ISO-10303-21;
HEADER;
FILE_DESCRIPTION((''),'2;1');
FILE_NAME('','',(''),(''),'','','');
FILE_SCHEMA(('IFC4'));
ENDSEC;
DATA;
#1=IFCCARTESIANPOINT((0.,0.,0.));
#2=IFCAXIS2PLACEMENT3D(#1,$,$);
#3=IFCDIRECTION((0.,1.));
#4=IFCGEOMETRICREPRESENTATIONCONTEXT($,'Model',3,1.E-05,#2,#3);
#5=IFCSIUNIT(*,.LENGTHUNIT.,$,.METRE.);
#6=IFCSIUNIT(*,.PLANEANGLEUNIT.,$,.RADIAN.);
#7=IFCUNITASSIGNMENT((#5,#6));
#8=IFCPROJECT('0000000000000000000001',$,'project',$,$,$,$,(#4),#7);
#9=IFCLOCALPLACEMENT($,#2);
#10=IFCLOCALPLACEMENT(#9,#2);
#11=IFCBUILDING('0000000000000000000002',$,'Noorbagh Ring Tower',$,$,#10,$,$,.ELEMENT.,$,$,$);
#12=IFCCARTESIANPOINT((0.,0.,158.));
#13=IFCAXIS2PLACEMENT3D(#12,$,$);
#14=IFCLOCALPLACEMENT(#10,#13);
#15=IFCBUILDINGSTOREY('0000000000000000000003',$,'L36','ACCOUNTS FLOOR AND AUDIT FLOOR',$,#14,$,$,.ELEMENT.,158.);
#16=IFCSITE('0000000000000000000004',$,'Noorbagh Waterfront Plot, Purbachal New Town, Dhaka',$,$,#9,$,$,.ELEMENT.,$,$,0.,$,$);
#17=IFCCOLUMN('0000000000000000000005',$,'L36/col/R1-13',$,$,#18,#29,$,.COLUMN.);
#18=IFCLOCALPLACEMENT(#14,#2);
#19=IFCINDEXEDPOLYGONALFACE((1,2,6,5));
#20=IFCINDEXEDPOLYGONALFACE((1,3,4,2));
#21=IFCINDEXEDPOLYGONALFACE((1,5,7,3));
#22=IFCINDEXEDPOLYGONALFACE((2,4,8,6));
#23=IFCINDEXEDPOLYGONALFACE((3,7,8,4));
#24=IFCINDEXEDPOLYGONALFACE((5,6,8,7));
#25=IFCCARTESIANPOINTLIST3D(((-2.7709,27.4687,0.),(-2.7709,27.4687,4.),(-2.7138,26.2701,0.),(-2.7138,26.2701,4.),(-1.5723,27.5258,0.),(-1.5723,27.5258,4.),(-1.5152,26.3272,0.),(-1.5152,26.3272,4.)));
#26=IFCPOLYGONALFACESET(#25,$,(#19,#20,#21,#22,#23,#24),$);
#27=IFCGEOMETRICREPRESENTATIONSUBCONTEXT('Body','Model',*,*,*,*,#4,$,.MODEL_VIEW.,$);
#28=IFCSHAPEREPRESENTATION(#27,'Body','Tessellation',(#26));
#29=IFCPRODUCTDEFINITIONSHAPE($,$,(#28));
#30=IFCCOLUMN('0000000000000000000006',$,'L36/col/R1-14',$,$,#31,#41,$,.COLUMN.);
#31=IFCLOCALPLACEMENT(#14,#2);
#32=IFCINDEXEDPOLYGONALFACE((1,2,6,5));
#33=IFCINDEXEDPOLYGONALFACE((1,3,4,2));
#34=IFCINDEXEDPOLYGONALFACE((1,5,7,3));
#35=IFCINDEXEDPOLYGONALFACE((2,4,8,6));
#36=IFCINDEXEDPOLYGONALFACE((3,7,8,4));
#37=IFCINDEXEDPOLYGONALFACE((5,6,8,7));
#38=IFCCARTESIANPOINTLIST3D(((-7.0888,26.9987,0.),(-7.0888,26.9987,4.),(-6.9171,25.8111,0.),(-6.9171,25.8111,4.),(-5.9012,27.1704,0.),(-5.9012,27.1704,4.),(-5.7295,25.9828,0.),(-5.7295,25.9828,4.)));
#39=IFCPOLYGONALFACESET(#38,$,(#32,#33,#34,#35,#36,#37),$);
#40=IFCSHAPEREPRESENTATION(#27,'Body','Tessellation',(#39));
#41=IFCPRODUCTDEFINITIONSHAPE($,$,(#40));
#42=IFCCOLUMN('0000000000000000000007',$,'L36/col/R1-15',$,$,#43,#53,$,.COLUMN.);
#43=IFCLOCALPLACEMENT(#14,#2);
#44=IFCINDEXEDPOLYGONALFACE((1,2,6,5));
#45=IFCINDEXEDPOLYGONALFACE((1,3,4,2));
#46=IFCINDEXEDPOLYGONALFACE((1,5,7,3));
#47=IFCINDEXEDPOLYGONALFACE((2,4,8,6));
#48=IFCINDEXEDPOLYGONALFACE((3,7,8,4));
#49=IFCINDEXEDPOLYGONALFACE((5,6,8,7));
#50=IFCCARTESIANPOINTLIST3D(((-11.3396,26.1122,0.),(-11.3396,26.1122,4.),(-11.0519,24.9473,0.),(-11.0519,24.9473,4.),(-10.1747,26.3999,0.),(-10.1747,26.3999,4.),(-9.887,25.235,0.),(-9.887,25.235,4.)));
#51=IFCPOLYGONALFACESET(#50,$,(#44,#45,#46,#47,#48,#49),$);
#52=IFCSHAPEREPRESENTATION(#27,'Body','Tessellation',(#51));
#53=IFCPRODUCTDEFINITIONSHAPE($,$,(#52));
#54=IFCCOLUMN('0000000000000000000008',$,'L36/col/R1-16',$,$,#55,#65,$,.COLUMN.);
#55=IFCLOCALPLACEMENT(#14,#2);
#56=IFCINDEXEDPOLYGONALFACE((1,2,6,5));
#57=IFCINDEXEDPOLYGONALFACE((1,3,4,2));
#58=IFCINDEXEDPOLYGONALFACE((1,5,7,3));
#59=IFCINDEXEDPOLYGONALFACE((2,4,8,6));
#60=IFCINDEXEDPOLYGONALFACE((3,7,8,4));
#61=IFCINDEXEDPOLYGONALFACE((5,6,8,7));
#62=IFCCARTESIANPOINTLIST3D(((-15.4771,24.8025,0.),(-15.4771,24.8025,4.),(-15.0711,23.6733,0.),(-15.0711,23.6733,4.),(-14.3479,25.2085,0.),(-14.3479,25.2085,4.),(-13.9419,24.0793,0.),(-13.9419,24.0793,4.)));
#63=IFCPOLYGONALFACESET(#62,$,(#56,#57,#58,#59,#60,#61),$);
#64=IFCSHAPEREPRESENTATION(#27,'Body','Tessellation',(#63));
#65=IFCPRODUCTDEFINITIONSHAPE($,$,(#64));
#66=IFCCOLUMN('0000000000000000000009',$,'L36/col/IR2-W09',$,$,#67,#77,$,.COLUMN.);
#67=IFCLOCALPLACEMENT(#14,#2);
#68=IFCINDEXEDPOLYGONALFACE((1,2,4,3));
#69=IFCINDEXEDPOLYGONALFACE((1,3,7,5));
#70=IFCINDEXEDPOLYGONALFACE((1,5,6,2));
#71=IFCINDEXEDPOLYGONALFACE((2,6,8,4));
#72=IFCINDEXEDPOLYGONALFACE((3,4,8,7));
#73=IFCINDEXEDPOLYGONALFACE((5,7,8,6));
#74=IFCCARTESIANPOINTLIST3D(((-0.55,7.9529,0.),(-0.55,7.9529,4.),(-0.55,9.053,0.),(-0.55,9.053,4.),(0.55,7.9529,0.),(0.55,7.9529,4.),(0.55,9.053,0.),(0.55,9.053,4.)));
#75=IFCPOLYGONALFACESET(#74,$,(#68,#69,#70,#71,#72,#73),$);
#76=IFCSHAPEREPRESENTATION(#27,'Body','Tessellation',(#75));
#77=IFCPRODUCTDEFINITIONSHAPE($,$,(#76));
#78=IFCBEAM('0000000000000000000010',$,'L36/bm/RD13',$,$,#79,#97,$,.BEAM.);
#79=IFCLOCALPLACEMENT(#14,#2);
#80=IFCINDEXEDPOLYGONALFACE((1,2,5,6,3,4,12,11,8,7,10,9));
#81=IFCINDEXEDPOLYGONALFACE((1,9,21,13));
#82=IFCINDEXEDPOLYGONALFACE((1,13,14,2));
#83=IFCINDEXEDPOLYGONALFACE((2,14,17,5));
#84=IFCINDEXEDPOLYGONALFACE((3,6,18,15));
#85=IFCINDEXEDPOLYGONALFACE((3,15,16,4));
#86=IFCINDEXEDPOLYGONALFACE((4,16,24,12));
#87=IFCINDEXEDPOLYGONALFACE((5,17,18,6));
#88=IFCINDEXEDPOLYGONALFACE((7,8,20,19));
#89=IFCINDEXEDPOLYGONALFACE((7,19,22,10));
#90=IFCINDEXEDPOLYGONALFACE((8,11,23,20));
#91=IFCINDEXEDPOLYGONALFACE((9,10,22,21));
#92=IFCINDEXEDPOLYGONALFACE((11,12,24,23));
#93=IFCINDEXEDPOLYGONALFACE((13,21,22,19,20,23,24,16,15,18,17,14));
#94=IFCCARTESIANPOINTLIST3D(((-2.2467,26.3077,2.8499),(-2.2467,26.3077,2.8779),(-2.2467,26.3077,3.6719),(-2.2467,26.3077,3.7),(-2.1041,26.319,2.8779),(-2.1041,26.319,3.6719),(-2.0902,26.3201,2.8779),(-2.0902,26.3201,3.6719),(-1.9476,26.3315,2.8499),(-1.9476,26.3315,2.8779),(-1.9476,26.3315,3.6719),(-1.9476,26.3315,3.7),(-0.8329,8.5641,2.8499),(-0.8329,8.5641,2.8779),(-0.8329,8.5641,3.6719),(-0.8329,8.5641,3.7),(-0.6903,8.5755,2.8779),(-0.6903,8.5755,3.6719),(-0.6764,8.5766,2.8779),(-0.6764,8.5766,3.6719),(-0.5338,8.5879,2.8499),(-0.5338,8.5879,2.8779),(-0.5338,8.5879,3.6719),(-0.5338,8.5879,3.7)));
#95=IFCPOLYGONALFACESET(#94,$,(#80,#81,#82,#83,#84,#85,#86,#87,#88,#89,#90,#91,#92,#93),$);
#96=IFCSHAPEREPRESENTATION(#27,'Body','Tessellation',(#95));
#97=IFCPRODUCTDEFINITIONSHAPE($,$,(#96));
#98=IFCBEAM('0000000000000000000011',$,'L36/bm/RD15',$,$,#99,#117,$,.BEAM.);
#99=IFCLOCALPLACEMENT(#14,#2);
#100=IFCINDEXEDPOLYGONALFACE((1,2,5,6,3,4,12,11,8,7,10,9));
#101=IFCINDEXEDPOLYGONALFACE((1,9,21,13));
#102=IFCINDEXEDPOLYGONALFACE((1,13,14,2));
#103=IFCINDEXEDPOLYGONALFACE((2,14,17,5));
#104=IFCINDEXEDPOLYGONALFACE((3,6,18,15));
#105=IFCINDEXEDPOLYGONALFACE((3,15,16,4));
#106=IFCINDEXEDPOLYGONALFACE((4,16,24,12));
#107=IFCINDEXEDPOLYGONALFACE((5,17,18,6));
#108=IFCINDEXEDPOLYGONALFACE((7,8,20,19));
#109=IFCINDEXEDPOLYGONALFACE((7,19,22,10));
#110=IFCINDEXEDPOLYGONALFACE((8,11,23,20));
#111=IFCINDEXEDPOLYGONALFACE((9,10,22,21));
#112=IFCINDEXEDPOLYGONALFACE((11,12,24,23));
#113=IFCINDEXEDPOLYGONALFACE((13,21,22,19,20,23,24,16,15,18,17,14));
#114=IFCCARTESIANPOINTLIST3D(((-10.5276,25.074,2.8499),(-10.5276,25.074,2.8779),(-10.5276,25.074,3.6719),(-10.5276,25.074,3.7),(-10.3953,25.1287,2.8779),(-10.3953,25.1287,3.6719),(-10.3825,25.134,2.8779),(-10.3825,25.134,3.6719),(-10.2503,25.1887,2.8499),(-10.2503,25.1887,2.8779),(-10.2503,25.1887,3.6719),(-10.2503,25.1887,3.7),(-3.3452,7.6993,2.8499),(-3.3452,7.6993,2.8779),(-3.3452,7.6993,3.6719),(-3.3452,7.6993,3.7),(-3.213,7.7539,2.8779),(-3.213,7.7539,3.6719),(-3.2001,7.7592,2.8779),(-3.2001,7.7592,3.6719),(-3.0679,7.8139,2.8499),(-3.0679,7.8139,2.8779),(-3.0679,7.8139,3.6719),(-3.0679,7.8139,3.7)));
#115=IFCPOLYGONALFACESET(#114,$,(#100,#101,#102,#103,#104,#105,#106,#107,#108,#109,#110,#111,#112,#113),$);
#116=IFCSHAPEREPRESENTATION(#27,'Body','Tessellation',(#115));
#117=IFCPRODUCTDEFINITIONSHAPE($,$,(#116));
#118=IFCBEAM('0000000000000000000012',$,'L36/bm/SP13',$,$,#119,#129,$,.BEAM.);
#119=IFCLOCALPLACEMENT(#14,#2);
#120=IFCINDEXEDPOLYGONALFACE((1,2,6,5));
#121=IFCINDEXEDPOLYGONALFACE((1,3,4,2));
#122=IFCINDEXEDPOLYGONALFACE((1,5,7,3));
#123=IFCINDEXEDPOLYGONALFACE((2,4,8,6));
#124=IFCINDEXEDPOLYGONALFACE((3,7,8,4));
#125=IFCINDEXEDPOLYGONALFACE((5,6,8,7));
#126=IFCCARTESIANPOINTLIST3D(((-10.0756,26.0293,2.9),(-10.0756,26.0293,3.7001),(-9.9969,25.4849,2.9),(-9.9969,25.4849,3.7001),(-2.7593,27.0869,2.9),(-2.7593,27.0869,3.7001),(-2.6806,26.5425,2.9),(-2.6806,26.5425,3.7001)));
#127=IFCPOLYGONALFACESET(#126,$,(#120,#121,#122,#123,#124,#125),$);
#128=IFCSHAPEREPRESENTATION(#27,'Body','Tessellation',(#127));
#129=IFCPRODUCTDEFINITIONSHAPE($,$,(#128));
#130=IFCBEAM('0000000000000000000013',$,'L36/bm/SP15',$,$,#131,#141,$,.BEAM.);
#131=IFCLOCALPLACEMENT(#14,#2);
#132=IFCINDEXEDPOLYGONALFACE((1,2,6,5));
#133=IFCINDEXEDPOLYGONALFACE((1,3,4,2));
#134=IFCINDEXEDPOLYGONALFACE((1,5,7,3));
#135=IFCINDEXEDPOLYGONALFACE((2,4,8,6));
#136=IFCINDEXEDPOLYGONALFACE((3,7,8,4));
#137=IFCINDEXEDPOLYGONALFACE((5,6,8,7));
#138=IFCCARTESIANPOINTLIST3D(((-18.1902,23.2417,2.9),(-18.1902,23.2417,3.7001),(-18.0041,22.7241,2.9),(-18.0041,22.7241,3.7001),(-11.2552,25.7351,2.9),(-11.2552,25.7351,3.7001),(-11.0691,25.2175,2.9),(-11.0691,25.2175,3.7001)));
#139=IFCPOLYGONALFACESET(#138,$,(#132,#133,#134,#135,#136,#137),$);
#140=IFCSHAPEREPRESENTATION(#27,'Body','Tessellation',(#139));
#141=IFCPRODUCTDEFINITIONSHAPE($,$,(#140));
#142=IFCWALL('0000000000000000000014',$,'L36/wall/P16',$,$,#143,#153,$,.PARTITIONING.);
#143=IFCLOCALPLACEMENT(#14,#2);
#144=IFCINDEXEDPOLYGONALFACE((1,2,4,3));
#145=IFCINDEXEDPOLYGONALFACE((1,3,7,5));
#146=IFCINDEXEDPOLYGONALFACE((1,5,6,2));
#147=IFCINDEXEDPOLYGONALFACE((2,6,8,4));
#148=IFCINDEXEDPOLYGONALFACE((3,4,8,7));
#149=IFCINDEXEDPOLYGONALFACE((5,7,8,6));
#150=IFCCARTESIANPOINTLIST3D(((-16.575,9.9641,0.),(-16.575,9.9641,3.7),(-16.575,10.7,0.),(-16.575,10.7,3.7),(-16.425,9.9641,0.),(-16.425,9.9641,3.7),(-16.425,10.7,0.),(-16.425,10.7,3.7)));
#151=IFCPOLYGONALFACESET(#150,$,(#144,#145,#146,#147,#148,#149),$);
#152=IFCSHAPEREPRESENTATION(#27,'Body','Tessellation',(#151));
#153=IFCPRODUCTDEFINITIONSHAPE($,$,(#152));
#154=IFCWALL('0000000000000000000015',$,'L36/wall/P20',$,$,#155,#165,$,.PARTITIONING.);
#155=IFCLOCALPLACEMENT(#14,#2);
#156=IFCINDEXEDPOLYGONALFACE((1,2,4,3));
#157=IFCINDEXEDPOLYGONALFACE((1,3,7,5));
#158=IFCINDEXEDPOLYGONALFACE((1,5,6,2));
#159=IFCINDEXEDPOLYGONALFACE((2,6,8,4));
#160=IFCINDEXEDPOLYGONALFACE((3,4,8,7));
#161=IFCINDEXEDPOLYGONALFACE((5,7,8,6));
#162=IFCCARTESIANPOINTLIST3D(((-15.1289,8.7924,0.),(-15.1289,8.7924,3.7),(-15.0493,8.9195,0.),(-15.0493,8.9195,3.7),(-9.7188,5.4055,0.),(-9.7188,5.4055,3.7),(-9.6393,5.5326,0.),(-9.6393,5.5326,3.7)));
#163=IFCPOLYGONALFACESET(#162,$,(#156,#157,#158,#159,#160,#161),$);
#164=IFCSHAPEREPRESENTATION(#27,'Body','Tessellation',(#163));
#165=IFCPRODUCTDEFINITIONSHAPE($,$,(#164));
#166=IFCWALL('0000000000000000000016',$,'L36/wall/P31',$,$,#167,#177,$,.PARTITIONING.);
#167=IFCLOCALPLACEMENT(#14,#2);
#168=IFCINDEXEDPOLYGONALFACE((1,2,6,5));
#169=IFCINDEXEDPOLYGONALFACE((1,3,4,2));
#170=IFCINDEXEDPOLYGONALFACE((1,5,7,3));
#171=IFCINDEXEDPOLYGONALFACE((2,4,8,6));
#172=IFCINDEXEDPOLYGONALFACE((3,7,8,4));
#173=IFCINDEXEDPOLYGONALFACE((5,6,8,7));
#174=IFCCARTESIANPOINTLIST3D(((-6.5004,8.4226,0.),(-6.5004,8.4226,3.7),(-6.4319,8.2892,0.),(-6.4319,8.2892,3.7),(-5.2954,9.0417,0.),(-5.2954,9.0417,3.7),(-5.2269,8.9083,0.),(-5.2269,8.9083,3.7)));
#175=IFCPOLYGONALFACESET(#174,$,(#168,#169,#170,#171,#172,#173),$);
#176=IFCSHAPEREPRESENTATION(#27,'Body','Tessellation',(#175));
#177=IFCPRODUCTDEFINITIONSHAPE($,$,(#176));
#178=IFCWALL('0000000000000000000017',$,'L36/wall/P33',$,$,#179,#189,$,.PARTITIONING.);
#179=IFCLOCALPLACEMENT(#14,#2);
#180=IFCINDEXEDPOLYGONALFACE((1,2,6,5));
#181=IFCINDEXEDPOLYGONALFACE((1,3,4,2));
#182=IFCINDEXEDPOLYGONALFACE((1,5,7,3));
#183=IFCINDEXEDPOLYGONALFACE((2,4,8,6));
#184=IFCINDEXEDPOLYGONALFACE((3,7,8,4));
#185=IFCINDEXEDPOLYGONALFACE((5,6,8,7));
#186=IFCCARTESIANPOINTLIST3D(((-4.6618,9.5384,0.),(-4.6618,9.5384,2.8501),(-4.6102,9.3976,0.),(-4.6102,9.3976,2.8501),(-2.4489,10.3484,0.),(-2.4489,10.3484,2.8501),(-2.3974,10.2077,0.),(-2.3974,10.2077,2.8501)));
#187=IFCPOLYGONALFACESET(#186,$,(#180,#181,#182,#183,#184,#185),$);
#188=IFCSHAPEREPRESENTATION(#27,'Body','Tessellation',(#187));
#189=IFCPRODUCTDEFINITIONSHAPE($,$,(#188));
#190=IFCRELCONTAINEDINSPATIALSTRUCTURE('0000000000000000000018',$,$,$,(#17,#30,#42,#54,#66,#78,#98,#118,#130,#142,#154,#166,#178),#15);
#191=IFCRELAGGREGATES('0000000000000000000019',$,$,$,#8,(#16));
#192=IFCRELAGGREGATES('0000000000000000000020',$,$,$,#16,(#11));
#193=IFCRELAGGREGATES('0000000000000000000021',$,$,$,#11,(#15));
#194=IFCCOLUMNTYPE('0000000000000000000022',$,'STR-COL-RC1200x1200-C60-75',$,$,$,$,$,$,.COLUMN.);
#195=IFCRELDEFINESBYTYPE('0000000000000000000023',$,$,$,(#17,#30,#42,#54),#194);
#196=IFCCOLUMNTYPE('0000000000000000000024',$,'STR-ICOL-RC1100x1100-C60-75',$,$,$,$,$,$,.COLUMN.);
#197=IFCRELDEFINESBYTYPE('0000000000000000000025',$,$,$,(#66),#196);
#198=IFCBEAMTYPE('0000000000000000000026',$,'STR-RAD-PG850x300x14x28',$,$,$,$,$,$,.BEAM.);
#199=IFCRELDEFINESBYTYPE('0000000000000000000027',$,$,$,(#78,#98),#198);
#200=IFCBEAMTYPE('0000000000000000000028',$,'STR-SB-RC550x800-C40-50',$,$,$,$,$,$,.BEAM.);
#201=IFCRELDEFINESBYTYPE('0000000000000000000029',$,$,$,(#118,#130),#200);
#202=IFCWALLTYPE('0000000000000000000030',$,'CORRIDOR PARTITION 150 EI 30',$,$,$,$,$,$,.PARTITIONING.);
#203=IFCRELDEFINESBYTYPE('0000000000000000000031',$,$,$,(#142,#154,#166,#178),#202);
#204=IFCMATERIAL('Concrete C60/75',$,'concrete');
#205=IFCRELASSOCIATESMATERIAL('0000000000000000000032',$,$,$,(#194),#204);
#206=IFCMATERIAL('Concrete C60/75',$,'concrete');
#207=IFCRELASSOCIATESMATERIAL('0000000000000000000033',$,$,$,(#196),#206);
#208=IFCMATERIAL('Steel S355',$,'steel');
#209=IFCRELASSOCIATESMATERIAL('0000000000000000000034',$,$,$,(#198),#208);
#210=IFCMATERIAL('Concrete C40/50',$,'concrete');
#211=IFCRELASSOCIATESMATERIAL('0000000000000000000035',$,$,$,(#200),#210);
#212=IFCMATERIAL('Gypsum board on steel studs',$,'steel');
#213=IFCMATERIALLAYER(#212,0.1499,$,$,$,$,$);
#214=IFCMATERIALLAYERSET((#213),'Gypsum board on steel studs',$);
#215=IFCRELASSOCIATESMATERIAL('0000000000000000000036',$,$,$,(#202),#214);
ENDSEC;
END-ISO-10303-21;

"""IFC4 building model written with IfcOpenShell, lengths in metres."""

from ifc_helpers import new_model, si_unit, direction, frame, frame_2d, origin, origin_2d, place, context, subcontext, project, spatial, rectangle, i_section, extrude, material, layer, layer_set, material_profile, profile_set, type_object, element, save


model = new_model("IFC4")

# Units and contexts
model_context = context("Model", 3, precision=1e-05, world=origin(), true_north=direction((0.0, 1.0)))
body_context = subcontext(model_context, "Body", "Model", "MODEL_VIEW")
ifc_project = project(units=[si_unit("LENGTHUNIT", "METRE"), si_unit("PLANEANGLEUNIT", "RADIAN")], contexts=[model_context])

# Site, building, storey
site_placement = place(None, origin())
site = spatial("IfcSite", under=ifc_project, at=site_placement, Name="Noorbagh Waterfront Plot, Purbachal New Town, Dhaka", CompositionType="ELEMENT", RefElevation=0.0)
building_placement = place(site_placement, origin())
building = spatial("IfcBuilding", under=site, at=building_placement, Name="Noorbagh Ring Tower", CompositionType="ELEMENT")
storey_placement = place(building_placement, frame((0.0, 0.0, 158.0)))
storey = spatial("IfcBuildingStorey", under=building, at=storey_placement, Name="L36", Description="ACCOUNTS FLOOR AND AUDIT FLOOR", CompositionType="ELEMENT", Elevation=158.0)

# Columns
ifc_material_1 = material(Name="Concrete C60/75", Category="concrete")
ifc_material_profile_1 = material_profile(ifc_material_1, rectangle(XDim=1.2, YDim=1.2, at=origin_2d()), Name="RC1200x1200")
ifc_profile_set_1 = profile_set([ifc_material_profile_1], Name="Concrete C60/75")
column_type_1 = type_object("IfcColumnType", Name="STR-COL-RC1200x1200-C60-75", PredefinedType="COLUMN", material=ifc_profile_set_1)
for number, where, z_axis, x_axis, name in (
    (1, (-2.1431, 26.8979, 0.0), (0.0, 0.0, 1.0), (-0.998869, -0.047553, 0.0), "L36/col/R1-13"),
    (2, (-6.4092, 26.4907, 0.0), (0.0, 0.0, 1.0), (-0.989713, -0.143066, 0.0), "L36/col/R1-14"),
    (3, (-10.6133, 25.6736, 0.0), (0.0, 0.0, 1.0), (-0.970829, -0.239771, 0.0), "L36/col/R1-15"),
    (4, (-14.7095, 24.4409, 0.0), (0.0, 0.0, 1.0), (-0.941025, -0.338338, 0.0), "L36/col/R1-16"),
):
    element("IfcColumn", number, at=place(storey_placement, frame(where, z_axis=z_axis, x_axis=x_axis)), inside=storey, type_object=column_type_1, Name=name, PredefinedType="COLUMN", context=body_context, shape_type="SweptSolid", body=[
        extrude(rectangle(XDim=1.2, YDim=1.2, at=origin_2d()), origin(), (0.0, 0.0, 1.0), 4.0),
    ])
ifc_material_2 = material(Name="Concrete C60/75", Category="concrete")
ifc_material_profile_2 = material_profile(ifc_material_2, rectangle(XDim=1.1001, YDim=1.1001, at=origin_2d()), Name="RC1100x1100")
ifc_profile_set_2 = profile_set([ifc_material_profile_2], Name="Concrete C60/75")
column_type_2 = type_object("IfcColumnType", Name="STR-ICOL-RC1100x1100-C60-75", PredefinedType="COLUMN", material=ifc_profile_set_2)
column_placement = place(storey_placement, frame((0.0, 8.5029, 0.0), z_axis=(0.0, 0.0, 1.0), x_axis=(-1.0, 0.0, 0.0)))
element("IfcColumn", 5, at=column_placement, inside=storey, type_object=column_type_2, Name="L36/col/IR2-W09", PredefinedType="COLUMN", context=body_context, shape_type="SweptSolid", body=[
    extrude(rectangle(XDim=1.1001, YDim=1.1001, at=origin_2d()), origin(), (0.0, 0.0, 1.0), 4.0),
])

# Beams
ifc_material_3 = material(Name="Steel S355", Category="steel")
ifc_material_profile_3 = material_profile(ifc_material_3, i_section(OverallWidth=0.3, OverallDepth=0.8501, WebThickness=0.0139, FlangeThickness=0.0281, at=origin_2d()), Name="PG850x300x14x28")
ifc_profile_set_3 = profile_set([ifc_material_profile_3], Name="Steel S355")
beam_type_1 = type_object("IfcBeamType", Name="STR-RAD-PG850x300x14x28", PredefinedType="BEAM", material=ifc_profile_set_3)
beam_1_placement = place(storey_placement, frame((-2.0972, 26.3196, 3.2749), z_axis=(0.079428, -0.996841, 0.0), x_axis=(0.996841, 0.079428, 0.0)))
element("IfcBeam", 6, at=beam_1_placement, inside=storey, type_object=beam_type_1, Name="L36/bm/RD13", PredefinedType="BEAM", context=body_context, shape_type="SweptSolid", body=[
    extrude(i_section(OverallWidth=0.3, OverallDepth=0.8501, WebThickness=0.0139, FlangeThickness=0.0281, at=origin_2d()), origin(), (0.0, 0.0, 1.0), 17.7998),
])
beam_2_placement = place(storey_placement, frame((-10.3889, 25.1313, 3.2749), z_axis=(0.382026, -0.924152, 0.0), x_axis=(0.924152, 0.382026, 0.0)))
element("IfcBeam", 7, at=beam_2_placement, inside=storey, type_object=beam_type_1, Name="L36/bm/RD15", PredefinedType="BEAM", context=body_context, shape_type="SweptSolid", body=[
    extrude(i_section(OverallWidth=0.3, OverallDepth=0.8501, WebThickness=0.0139, FlangeThickness=0.0281, at=origin_2d()), origin(), (0.0, 0.0, 1.0), 18.8008),
])
ifc_material_4 = material(Name="Concrete C40/50", Category="concrete")
ifc_material_profile_4 = material_profile(ifc_material_4, rectangle(XDim=0.55, YDim=0.8, at=origin_2d()), Name="RC550x800")
ifc_profile_set_4 = profile_set([ifc_material_profile_4], Name="Concrete C40/50")
beam_type_2 = type_object("IfcBeamType", Name="STR-SB-RC550x800-C40-50", PredefinedType="BEAM", material=ifc_profile_set_4)
beam_3_placement = place(storey_placement, frame((-2.72, 26.8147, 3.3), z_axis=(-0.989713, -0.143067, 0.0), x_axis=(0.143067, -0.989713, 0.0)))
element("IfcBeam", 8, at=beam_3_placement, inside=storey, type_object=beam_type_2, Name="L36/bm/SP13", PredefinedType="BEAM", context=body_context, shape_type="SweptSolid", body=[
    extrude(rectangle(XDim=0.55, YDim=0.8, at=origin_2d()), origin(), (0.0, 0.0, 1.0), 7.3923),
])
beam_4_placement = place(storey_placement, frame((-11.1621, 25.4763, 3.3), z_axis=(-0.941026, -0.338333, 0.0), x_axis=(0.338333, -0.941026, 0.0)))
element("IfcBeam", 9, at=beam_4_placement, inside=storey, type_object=beam_type_2, Name="L36/bm/SP15", PredefinedType="BEAM", context=body_context, shape_type="SweptSolid", body=[
    extrude(rectangle(XDim=0.55, YDim=0.8, at=origin_2d()), origin(), (0.0, 0.0, 1.0), 7.3696),
])

# Walls
ifc_material_5 = material(Name="Gypsum board on steel studs", Category="steel")
ifc_layer_1 = layer(ifc_material_5, 0.1499)
ifc_layer_set_1 = layer_set([ifc_layer_1], Name="Gypsum board on steel studs")
wall_type_1 = type_object("IfcWallType", Name="CORRIDOR PARTITION 150 EI 30", PredefinedType="PARTITIONING", material=ifc_layer_set_1)
wall_1_placement = place(storey_placement, frame((-16.5, 9.9641, 0.0), z_axis=(0.0, 0.0, 1.0), x_axis=(0.0, 1.0, 0.0)))
element("IfcWall", 10, at=wall_1_placement, inside=storey, type_object=wall_type_1, Name="L36/wall/P16", PredefinedType="PARTITIONING", context=body_context, shape_type="SweptSolid", body=[
    extrude(rectangle(XDim=0.7358, YDim=0.1499, at=frame_2d((0.3679, 0.0))), origin(), (0.0, 0.0, 1.0), 3.7),
])
wall_2_placement = place(storey_placement, frame((-15.0891, 8.856, 0.0), z_axis=(0.0, 0.0, 1.0), x_axis=(0.847603, -0.530631, 0.0)))
element("IfcWall", 11, at=wall_2_placement, inside=storey, type_object=wall_type_1, Name="L36/wall/P20", PredefinedType="PARTITIONING", context=body_context, shape_type="SweptSolid", body=[
    extrude(rectangle(XDim=6.3828, YDim=0.1499, at=frame_2d((3.1914, 0.0))), origin(), (0.0, 0.0, 1.0), 3.7),
])
wall_3_placement = place(storey_placement, frame((-6.4661, 8.356, 0.0), z_axis=(0.0, 0.0, 1.0), x_axis=(0.889472, 0.45699, 0.0)))
element("IfcWall", 12, at=wall_3_placement, inside=storey, type_object=wall_type_1, Name="L36/wall/P31", PredefinedType="PARTITIONING", context=body_context, shape_type="SweptSolid", body=[
    extrude(rectangle(XDim=1.3547, YDim=0.1499, at=frame_2d((0.6772, 0.0))), origin(), (0.0, 0.0, 1.0), 3.7),
])
wall_4_placement = place(storey_placement, frame((-4.636, 9.468, 0.0), z_axis=(0.0, 0.0, 1.0), x_axis=(0.939059, 0.343755, 0.0)))
element("IfcWall", 13, at=wall_4_placement, inside=storey, type_object=wall_type_1, Name="L36/wall/P33", PredefinedType="PARTITIONING", context=body_context, shape_type="SweptSolid", body=[
    extrude(rectangle(XDim=2.3564, YDim=0.1499, at=frame_2d((1.1782, 0.0))), origin(), (0.0, 0.0, 1.0), 2.8501),
])

save(model, "model.ifc")
